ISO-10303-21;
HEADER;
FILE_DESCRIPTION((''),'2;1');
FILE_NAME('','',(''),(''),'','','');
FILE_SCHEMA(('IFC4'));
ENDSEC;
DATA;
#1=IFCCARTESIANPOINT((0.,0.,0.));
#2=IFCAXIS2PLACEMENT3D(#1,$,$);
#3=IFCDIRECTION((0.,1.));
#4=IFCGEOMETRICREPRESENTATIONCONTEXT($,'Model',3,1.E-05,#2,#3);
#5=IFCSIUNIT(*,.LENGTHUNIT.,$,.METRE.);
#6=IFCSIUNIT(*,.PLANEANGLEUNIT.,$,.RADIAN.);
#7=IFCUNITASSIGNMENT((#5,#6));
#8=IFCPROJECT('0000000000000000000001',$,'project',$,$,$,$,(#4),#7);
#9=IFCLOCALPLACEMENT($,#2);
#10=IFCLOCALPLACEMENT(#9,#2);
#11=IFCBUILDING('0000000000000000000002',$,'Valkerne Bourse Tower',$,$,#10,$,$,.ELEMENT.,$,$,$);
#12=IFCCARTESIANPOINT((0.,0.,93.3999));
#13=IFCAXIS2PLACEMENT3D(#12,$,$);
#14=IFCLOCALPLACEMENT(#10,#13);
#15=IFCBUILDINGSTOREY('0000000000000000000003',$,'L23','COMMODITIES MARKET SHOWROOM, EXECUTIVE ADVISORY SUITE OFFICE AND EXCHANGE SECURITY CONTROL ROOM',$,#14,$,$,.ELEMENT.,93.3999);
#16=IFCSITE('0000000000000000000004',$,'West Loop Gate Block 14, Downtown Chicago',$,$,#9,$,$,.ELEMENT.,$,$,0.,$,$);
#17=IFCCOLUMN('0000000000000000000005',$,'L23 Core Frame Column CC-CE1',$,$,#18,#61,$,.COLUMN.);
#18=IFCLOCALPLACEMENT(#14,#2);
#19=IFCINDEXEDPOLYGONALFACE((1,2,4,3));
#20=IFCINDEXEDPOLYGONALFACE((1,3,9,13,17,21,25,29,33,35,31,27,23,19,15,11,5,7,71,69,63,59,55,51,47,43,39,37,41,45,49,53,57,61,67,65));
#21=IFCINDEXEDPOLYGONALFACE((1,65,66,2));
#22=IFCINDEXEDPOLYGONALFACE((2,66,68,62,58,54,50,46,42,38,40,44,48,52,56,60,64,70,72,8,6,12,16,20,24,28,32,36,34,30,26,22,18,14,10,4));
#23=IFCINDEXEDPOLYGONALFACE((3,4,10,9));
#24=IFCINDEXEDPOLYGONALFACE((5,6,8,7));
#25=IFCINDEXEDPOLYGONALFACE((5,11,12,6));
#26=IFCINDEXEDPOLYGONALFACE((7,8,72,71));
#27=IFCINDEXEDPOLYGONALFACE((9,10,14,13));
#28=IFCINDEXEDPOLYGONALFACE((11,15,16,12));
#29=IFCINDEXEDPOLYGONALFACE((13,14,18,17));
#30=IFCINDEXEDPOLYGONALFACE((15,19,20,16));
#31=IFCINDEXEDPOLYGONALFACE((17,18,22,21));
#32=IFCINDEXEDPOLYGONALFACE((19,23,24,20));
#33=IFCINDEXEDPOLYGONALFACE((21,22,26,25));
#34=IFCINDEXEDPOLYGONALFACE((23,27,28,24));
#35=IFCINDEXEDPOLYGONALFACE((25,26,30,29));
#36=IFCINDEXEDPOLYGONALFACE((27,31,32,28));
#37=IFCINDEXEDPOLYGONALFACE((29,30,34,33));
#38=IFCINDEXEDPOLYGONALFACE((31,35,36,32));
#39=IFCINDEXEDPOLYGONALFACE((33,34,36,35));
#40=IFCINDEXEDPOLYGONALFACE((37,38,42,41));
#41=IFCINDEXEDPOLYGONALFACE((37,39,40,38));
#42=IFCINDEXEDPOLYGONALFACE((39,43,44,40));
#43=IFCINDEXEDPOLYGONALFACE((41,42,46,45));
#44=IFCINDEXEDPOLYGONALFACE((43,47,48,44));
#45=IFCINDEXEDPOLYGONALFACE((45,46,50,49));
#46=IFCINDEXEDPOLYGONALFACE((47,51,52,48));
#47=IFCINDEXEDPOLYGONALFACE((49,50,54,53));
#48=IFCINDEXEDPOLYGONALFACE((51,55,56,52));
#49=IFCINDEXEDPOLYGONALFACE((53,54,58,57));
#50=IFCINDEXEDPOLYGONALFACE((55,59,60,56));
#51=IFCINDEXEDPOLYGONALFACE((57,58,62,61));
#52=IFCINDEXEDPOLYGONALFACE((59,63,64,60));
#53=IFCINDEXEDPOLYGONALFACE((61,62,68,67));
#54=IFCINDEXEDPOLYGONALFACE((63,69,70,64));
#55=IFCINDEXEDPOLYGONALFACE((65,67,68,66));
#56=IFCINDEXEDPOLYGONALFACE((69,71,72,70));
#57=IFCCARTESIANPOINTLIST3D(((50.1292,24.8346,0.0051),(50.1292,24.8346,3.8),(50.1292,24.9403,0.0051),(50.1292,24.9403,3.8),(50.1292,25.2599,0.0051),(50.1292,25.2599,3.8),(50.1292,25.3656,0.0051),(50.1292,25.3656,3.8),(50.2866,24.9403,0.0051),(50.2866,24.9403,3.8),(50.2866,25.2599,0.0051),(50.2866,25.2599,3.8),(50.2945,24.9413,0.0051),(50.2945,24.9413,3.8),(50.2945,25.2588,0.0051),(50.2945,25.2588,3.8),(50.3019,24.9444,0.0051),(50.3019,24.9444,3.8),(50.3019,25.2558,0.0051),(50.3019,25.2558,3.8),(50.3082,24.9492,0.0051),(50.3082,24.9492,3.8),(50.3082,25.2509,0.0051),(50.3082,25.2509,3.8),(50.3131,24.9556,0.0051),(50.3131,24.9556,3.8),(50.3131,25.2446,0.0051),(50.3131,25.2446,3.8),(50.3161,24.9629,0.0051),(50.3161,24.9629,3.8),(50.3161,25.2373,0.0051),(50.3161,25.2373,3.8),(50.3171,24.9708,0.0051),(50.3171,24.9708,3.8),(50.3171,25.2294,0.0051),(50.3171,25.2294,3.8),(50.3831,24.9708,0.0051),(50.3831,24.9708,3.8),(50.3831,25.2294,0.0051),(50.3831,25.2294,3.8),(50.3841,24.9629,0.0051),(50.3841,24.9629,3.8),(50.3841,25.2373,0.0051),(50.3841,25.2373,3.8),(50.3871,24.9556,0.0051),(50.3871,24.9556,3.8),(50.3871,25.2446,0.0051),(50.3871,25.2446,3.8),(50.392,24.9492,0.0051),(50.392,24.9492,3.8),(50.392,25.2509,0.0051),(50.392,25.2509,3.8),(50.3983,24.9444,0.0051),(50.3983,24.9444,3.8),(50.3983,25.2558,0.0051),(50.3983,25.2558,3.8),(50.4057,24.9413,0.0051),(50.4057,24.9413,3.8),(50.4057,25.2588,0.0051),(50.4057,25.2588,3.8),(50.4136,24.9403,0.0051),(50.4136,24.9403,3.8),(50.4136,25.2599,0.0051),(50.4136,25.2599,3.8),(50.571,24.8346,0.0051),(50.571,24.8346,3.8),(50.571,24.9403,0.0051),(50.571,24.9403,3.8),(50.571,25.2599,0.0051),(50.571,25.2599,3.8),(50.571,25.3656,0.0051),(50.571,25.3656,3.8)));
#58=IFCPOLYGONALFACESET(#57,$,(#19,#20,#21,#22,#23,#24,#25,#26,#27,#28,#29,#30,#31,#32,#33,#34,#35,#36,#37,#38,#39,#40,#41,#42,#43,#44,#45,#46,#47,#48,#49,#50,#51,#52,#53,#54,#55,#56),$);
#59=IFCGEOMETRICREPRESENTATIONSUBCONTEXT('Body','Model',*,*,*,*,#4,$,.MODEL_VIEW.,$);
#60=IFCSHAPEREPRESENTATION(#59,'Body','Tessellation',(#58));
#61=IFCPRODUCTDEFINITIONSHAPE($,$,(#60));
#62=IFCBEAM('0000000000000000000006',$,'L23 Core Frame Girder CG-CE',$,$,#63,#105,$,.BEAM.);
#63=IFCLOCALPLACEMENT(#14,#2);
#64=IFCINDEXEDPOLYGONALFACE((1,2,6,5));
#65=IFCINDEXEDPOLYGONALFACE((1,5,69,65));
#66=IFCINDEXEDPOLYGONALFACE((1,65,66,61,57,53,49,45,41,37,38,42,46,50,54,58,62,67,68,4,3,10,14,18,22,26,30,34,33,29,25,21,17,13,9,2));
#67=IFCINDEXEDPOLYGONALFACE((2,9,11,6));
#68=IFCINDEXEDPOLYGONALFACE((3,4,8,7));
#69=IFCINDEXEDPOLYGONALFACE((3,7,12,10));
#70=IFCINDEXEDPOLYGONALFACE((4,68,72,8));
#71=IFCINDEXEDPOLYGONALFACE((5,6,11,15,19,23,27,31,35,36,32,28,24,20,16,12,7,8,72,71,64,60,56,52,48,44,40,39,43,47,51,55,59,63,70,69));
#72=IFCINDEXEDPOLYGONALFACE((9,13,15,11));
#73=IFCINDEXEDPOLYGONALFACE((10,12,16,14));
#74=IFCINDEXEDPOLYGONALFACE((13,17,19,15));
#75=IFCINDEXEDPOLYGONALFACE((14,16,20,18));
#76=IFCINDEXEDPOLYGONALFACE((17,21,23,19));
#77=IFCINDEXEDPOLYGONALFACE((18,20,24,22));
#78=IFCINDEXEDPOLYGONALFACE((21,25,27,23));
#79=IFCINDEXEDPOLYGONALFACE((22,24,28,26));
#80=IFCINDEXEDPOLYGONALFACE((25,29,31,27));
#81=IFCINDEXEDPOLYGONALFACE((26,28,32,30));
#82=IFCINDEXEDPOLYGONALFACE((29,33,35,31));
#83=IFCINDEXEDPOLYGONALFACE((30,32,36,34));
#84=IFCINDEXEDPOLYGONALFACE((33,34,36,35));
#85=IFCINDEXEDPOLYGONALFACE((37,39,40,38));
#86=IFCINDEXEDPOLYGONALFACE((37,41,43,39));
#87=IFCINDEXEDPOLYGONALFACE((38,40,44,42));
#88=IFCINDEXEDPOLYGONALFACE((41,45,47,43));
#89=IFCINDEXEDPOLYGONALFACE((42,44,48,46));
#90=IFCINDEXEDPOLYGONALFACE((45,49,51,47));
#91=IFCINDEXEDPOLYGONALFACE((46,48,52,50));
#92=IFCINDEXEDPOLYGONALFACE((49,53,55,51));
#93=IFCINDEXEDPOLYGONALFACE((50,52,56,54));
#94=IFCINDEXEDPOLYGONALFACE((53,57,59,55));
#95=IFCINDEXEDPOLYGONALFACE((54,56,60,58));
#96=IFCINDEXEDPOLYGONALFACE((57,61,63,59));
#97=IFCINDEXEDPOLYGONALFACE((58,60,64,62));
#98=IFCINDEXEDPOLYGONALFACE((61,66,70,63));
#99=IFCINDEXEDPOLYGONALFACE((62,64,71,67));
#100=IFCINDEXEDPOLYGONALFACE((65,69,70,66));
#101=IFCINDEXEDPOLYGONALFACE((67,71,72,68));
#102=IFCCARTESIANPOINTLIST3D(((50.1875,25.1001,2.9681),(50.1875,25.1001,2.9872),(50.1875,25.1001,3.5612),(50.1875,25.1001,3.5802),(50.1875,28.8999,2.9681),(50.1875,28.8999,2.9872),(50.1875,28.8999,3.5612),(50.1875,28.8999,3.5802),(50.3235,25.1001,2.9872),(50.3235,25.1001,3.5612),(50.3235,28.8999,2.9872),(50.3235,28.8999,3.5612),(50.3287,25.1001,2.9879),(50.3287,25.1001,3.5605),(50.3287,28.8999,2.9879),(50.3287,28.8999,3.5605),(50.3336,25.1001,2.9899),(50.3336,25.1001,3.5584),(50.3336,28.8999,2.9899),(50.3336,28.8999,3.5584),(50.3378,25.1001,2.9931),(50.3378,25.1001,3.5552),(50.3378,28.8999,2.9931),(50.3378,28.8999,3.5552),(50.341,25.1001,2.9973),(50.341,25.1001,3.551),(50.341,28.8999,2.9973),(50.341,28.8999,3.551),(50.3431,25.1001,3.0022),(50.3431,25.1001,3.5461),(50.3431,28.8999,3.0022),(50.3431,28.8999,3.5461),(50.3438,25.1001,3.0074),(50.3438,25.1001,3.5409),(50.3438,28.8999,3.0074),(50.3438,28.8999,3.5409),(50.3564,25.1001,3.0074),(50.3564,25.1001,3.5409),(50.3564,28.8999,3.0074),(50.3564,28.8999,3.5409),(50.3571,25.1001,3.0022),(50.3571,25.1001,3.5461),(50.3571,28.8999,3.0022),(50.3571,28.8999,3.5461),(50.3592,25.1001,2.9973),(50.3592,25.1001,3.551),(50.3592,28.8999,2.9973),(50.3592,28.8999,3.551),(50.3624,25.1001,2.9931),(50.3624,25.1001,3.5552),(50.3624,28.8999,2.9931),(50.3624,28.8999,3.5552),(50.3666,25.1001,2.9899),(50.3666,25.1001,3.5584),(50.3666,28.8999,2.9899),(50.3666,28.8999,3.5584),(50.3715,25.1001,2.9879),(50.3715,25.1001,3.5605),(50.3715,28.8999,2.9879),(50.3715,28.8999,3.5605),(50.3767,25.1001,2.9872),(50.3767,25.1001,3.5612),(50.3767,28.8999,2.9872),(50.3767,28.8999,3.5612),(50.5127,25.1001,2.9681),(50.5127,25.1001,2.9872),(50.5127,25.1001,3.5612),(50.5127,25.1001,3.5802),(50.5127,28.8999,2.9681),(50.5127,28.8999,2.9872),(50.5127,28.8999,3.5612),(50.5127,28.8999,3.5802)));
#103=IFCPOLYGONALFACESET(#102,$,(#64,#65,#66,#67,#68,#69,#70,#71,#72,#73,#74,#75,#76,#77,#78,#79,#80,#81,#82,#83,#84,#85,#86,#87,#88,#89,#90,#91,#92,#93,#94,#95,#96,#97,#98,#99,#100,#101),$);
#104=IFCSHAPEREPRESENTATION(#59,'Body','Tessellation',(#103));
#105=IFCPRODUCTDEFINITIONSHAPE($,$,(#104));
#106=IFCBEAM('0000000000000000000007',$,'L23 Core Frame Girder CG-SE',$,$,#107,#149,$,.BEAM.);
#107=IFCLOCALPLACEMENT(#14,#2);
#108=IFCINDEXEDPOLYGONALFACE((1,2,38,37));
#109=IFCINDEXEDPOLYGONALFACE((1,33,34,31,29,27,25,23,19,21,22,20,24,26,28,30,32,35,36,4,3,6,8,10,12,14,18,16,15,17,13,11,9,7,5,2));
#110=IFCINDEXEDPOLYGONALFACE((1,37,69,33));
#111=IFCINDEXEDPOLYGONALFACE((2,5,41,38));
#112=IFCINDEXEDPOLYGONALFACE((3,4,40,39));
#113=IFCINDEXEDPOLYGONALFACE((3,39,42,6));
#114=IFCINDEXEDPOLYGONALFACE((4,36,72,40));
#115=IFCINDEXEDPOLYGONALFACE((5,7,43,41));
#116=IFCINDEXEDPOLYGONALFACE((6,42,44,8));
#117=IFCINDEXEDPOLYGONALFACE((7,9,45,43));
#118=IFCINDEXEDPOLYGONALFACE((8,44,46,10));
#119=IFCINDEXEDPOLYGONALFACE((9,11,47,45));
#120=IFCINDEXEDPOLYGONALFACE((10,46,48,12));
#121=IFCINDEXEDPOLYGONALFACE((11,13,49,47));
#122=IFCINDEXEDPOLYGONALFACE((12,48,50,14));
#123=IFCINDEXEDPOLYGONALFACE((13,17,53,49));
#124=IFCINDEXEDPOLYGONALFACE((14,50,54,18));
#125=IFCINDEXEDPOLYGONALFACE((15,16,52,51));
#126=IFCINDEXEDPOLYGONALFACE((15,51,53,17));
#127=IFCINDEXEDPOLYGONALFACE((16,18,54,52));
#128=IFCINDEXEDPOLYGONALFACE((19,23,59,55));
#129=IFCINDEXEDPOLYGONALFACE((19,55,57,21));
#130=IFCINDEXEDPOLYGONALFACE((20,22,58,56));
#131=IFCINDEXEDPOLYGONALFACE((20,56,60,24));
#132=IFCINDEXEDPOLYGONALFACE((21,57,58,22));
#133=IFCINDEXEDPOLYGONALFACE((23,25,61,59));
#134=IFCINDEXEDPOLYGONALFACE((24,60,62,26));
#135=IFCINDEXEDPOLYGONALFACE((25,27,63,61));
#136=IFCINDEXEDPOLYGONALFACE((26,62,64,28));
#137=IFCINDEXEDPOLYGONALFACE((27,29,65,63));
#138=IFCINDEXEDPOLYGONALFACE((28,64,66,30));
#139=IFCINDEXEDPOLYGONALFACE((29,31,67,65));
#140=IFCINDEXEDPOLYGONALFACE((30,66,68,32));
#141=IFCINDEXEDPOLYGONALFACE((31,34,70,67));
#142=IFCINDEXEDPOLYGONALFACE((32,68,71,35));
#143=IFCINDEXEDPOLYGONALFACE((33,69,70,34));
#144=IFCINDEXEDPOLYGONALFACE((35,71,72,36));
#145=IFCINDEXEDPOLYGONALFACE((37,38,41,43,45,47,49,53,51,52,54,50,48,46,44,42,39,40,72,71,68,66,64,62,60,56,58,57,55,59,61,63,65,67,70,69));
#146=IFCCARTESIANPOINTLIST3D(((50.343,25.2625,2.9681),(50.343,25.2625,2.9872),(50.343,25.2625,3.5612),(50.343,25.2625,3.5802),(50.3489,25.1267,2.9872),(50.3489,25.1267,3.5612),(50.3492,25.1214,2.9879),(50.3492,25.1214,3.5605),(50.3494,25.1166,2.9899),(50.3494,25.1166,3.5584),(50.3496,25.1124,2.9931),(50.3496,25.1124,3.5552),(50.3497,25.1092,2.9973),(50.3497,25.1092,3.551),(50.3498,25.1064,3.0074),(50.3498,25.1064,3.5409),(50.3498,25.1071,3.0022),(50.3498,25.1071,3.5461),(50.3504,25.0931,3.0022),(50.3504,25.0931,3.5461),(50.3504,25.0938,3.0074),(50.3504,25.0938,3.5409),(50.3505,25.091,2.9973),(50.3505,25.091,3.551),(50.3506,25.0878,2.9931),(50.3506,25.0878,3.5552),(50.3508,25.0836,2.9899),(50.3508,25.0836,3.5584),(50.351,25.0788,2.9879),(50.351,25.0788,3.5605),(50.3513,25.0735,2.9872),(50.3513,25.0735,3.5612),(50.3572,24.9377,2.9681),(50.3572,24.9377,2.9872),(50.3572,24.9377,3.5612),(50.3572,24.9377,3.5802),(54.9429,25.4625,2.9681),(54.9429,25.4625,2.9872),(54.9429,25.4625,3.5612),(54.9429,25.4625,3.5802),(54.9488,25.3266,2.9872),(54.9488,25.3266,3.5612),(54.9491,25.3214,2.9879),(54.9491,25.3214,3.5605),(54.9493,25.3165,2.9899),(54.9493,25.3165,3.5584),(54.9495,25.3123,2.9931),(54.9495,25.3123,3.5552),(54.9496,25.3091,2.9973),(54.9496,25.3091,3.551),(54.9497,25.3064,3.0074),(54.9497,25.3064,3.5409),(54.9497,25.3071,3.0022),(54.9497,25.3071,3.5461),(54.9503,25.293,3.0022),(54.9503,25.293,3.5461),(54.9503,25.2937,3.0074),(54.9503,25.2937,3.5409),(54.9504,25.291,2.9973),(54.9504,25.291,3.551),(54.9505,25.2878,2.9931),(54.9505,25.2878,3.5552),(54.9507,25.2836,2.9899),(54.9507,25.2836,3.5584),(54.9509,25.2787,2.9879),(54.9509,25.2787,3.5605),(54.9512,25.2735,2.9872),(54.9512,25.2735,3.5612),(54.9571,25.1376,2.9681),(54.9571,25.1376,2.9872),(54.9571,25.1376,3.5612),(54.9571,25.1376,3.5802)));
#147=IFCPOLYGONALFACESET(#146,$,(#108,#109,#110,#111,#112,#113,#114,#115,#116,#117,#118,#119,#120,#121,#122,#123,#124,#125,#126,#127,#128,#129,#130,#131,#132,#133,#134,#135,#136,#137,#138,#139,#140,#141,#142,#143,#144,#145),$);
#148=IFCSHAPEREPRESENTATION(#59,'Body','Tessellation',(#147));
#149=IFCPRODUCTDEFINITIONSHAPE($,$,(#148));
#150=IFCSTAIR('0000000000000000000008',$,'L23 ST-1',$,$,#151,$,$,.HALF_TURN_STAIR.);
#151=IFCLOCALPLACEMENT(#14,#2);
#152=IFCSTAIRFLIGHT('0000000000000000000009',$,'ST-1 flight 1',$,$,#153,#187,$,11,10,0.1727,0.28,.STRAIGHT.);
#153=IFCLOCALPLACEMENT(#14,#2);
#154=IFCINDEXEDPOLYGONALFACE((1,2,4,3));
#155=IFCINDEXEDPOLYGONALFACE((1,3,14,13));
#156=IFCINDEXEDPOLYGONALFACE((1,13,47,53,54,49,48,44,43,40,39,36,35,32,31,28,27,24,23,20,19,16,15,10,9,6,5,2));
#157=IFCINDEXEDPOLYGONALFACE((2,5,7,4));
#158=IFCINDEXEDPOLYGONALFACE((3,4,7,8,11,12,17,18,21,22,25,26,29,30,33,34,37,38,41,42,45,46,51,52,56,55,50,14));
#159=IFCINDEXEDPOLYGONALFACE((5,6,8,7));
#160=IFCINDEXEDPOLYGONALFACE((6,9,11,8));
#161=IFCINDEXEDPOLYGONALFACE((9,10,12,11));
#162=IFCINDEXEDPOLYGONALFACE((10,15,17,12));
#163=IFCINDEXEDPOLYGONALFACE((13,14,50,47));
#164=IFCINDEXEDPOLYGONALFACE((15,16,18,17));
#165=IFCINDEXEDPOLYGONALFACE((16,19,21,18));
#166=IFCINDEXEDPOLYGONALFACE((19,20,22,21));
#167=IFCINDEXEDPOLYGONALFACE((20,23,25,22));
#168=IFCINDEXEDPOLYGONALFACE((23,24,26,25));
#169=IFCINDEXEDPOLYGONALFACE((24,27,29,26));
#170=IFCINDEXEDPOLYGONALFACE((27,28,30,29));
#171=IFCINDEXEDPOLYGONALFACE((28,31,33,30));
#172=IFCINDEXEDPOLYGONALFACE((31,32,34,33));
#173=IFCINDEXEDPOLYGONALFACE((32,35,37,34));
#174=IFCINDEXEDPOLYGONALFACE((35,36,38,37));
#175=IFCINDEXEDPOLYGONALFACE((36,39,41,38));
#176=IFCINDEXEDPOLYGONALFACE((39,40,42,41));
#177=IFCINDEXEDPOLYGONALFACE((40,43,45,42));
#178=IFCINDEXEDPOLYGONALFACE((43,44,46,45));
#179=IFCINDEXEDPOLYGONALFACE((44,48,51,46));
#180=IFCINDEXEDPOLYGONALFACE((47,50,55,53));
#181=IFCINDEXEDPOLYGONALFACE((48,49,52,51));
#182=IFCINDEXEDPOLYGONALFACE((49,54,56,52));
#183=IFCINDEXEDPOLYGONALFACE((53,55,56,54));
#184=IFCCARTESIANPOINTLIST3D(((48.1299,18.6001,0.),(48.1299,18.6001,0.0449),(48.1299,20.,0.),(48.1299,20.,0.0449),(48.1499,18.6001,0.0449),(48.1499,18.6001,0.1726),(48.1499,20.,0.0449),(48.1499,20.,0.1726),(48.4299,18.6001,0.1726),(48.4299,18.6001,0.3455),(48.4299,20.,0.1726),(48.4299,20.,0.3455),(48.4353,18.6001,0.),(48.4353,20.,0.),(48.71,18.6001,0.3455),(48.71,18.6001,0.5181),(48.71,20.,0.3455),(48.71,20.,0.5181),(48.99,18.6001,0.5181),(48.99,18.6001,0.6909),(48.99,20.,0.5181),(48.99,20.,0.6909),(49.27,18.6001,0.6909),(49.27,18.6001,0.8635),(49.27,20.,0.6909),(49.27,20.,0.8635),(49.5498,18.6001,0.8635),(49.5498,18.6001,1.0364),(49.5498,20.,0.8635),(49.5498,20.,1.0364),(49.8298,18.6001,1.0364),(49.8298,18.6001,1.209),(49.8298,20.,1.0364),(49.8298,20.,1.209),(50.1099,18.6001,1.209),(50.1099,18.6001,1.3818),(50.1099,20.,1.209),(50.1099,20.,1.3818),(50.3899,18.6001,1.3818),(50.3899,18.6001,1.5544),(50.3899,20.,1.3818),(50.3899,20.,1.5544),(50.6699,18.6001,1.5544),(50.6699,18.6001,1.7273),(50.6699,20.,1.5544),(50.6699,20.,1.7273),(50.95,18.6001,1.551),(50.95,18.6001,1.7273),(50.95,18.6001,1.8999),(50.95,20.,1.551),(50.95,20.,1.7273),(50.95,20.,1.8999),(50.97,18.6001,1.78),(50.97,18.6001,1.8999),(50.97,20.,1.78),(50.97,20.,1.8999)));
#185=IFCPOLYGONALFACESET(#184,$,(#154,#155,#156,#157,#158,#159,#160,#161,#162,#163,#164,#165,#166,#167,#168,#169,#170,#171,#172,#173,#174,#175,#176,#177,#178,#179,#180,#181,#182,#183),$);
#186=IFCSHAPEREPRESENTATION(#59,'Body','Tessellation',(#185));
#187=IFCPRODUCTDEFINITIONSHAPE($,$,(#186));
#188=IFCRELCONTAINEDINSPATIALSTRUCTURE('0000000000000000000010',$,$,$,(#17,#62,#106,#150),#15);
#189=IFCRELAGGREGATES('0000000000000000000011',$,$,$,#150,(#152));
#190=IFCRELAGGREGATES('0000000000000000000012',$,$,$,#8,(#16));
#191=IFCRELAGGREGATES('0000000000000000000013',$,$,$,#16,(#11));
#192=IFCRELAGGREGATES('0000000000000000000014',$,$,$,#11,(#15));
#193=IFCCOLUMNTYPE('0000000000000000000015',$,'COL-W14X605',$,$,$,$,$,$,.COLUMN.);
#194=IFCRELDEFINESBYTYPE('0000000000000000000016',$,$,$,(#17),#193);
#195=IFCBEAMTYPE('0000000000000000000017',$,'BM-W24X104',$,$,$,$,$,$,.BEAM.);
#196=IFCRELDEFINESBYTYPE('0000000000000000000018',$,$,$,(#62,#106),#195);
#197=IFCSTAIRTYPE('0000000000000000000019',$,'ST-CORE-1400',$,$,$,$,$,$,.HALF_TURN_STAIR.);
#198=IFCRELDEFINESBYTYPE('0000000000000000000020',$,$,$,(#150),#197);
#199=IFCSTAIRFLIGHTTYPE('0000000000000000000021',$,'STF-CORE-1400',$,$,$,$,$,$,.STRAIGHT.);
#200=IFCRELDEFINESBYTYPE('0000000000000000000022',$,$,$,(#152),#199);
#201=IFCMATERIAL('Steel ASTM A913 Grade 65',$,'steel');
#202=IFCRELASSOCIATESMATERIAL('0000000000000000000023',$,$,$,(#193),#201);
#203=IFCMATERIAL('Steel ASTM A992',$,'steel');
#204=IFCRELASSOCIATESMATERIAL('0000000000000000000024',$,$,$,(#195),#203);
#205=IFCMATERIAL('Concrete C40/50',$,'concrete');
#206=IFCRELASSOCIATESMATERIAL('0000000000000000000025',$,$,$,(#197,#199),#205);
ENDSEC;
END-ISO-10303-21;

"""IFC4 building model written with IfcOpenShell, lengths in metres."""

from ifc_helpers import new_model, si_unit, direction, frame, origin, origin_2d, place, context, subcontext, project, spatial, polyline, i_section, outline, extrude, material, material_profile, profile_set, type_object, element, aggregate, save


model = new_model("IFC4")

# Units and contexts
model_context = context("Model", 3, precision=1e-05, world=origin(), true_north=direction((0.0, 1.0)))
body_context = subcontext(model_context, "Body", "Model", "MODEL_VIEW")
ifc_project = project(units=[si_unit("LENGTHUNIT", "METRE"), si_unit("PLANEANGLEUNIT", "RADIAN")], contexts=[model_context])

# Site, building, storey
site_placement = place(None, origin())
site = spatial("IfcSite", under=ifc_project, at=site_placement, Name="West Loop Gate Block 14, Downtown Chicago", CompositionType="ELEMENT", RefElevation=0.0)
building_placement = place(site_placement, origin())
building = spatial("IfcBuilding", under=site, at=building_placement, Name="Valkerne Bourse Tower", CompositionType="ELEMENT")
storey_placement = place(building_placement, frame((0.0, 0.0, 93.3999)))
storey = spatial("IfcBuildingStorey", under=building, at=storey_placement, Name="L23", Description="COMMODITIES MARKET SHOWROOM, EXECUTIVE ADVISORY SUITE OFFICE AND EXCHANGE SECURITY CONTROL ROOM", CompositionType="ELEMENT", Elevation=93.3999)

# Column
ifc_material_1 = material(Name="Steel ASTM A913 Grade 65", Category="steel")
ifc_material_profile_1 = material_profile(ifc_material_1, i_section(OverallWidth=0.4419, OverallDepth=0.531, WebThickness=0.0659, FlangeThickness=0.1057, FilletRadius=0.0305, at=origin_2d()), Name="W14X605")
ifc_profile_set_1 = profile_set([ifc_material_profile_1], Name="Steel ASTM A913 Grade 65")
column_type = type_object("IfcColumnType", Name="COL-W14X605", PredefinedType="COLUMN", material=ifc_profile_set_1)
column_placement = place(storey_placement, frame((50.3501, 25.1001, 0.0051), z_axis=(0.0, 0.0, 1.0), x_axis=(1.0, 0.0, 0.0)))
element("IfcColumn", 1, at=column_placement, inside=storey, type_object=column_type, Name="L23 Core Frame Column CC-CE1", PredefinedType="COLUMN", context=body_context, shape_type="SweptSolid", body=[
    extrude(i_section(OverallWidth=0.4419, OverallDepth=0.531, WebThickness=0.0659, FlangeThickness=0.1057, FilletRadius=0.0305, at=origin_2d()), origin(), (0.0, 0.0, 1.0), 3.7949),
])

# Beams
ifc_material_2 = material(Name="Steel ASTM A992", Category="steel")
ifc_material_profile_2 = material_profile(ifc_material_2, i_section(OverallWidth=0.3252, OverallDepth=0.6121, WebThickness=0.0127, FlangeThickness=0.019, FilletRadius=0.0203, at=origin_2d()), Name="W24X104")
ifc_profile_set_2 = profile_set([ifc_material_profile_2], Name="Steel ASTM A992")
beam_type = type_object("IfcBeamType", Name="BM-W24X104", PredefinedType="BEAM", material=ifc_profile_set_2)
beam_1_placement = place(storey_placement, frame((50.3501, 25.1001, 3.2742), z_axis=(0.0, 1.0, 0.0), x_axis=(-1.0, 0.0, 0.0)))
element("IfcBeam", 2, at=beam_1_placement, inside=storey, type_object=beam_type, Name="L23 Core Frame Girder CG-CE", PredefinedType="BEAM", context=body_context, shape_type="SweptSolid", body=[
    extrude(i_section(OverallWidth=0.3252, OverallDepth=0.6121, WebThickness=0.0127, FlangeThickness=0.019, FilletRadius=0.0203, at=origin_2d()), origin(), (0.0, 0.0, 1.0), 3.7998),
])
beam_2_placement = place(storey_placement, frame((50.3501, 25.1001, 3.2742), z_axis=(0.999057, 0.043428, 0.0), x_axis=(-0.043428, 0.999057, 0.0)))
element("IfcBeam", 3, at=beam_2_placement, inside=storey, type_object=beam_type, Name="L23 Core Frame Girder CG-SE", PredefinedType="BEAM", context=body_context, shape_type="SweptSolid", body=[
    extrude(i_section(OverallWidth=0.3252, OverallDepth=0.6121, WebThickness=0.0127, FlangeThickness=0.019, FilletRadius=0.0203, at=origin_2d()), origin(), (0.0, 0.0, 1.0), 4.6042),
])

# Stair, stair flight
ifc_material_3 = material(Name="Concrete C40/50", Category="concrete")
stair_type = type_object("IfcStairType", Name="ST-CORE-1400", PredefinedType="HALF_TURN_STAIR", material=ifc_material_3)
stair_placement = place(storey_placement, origin())
stair = element("IfcStair", 4, at=stair_placement, inside=storey, type_object=stair_type, Name="L23 ST-1", PredefinedType="HALF_TURN_STAIR")
stair_flight_type = type_object("IfcStairFlightType", Name="STF-CORE-1400", PredefinedType="STRAIGHT", material=ifc_material_3)
stair_flight_1_placement = place(storey_placement, frame((48.1499, 19.3, 0.0), z_axis=(0.0, 0.0, 1.0), x_axis=(1.0, 0.0, 0.0)))
stair_flight_1 = element("IfcStairFlight", 5, at=stair_flight_1_placement, type_object=stair_flight_type, Name="ST-1 flight 1", NumberOfRisers=11, NumberOfTreads=10, PredefinedType="STRAIGHT", RiserHeight=0.1727, TreadLength=0.28, context=body_context, shape_type="SweptSolid", body=[
    extrude(outline(polyline([(-0.02, 0.0), (-0.02, 0.0449), (0.0, 0.0449), (0.0, 0.1726), (0.28, 0.1726), (0.28, 0.3455), (0.5601, 0.3455), (0.5601, 0.5181), (0.8401, 0.5181), (0.8401, 0.6909), (1.1201, 0.6909), (1.1201, 0.8635), (1.3999, 0.8635), (1.3999, 1.0364), (1.6799, 1.0364), (1.6799, 1.209), (1.96, 1.209), (1.96, 1.3818), (2.24, 1.3818), (2.24, 1.5544), (2.52, 1.5544), (2.52, 1.7273), (2.8, 1.7273), (2.8, 1.8999), (2.8201, 1.8999), (2.8201, 1.78), (2.8, 1.551), (0.2854, 0.0), (-0.02, 0.0)])), frame((0.0, 0.7, 0.0), z_axis=(0.0, -1.0, 0.0), x_axis=(1.0, 0.0, 0.0)), (0.0, 0.0, 1.0), 1.3999),
])
aggregate(stair, [stair_flight_1])

save(model, "model.ifc")
